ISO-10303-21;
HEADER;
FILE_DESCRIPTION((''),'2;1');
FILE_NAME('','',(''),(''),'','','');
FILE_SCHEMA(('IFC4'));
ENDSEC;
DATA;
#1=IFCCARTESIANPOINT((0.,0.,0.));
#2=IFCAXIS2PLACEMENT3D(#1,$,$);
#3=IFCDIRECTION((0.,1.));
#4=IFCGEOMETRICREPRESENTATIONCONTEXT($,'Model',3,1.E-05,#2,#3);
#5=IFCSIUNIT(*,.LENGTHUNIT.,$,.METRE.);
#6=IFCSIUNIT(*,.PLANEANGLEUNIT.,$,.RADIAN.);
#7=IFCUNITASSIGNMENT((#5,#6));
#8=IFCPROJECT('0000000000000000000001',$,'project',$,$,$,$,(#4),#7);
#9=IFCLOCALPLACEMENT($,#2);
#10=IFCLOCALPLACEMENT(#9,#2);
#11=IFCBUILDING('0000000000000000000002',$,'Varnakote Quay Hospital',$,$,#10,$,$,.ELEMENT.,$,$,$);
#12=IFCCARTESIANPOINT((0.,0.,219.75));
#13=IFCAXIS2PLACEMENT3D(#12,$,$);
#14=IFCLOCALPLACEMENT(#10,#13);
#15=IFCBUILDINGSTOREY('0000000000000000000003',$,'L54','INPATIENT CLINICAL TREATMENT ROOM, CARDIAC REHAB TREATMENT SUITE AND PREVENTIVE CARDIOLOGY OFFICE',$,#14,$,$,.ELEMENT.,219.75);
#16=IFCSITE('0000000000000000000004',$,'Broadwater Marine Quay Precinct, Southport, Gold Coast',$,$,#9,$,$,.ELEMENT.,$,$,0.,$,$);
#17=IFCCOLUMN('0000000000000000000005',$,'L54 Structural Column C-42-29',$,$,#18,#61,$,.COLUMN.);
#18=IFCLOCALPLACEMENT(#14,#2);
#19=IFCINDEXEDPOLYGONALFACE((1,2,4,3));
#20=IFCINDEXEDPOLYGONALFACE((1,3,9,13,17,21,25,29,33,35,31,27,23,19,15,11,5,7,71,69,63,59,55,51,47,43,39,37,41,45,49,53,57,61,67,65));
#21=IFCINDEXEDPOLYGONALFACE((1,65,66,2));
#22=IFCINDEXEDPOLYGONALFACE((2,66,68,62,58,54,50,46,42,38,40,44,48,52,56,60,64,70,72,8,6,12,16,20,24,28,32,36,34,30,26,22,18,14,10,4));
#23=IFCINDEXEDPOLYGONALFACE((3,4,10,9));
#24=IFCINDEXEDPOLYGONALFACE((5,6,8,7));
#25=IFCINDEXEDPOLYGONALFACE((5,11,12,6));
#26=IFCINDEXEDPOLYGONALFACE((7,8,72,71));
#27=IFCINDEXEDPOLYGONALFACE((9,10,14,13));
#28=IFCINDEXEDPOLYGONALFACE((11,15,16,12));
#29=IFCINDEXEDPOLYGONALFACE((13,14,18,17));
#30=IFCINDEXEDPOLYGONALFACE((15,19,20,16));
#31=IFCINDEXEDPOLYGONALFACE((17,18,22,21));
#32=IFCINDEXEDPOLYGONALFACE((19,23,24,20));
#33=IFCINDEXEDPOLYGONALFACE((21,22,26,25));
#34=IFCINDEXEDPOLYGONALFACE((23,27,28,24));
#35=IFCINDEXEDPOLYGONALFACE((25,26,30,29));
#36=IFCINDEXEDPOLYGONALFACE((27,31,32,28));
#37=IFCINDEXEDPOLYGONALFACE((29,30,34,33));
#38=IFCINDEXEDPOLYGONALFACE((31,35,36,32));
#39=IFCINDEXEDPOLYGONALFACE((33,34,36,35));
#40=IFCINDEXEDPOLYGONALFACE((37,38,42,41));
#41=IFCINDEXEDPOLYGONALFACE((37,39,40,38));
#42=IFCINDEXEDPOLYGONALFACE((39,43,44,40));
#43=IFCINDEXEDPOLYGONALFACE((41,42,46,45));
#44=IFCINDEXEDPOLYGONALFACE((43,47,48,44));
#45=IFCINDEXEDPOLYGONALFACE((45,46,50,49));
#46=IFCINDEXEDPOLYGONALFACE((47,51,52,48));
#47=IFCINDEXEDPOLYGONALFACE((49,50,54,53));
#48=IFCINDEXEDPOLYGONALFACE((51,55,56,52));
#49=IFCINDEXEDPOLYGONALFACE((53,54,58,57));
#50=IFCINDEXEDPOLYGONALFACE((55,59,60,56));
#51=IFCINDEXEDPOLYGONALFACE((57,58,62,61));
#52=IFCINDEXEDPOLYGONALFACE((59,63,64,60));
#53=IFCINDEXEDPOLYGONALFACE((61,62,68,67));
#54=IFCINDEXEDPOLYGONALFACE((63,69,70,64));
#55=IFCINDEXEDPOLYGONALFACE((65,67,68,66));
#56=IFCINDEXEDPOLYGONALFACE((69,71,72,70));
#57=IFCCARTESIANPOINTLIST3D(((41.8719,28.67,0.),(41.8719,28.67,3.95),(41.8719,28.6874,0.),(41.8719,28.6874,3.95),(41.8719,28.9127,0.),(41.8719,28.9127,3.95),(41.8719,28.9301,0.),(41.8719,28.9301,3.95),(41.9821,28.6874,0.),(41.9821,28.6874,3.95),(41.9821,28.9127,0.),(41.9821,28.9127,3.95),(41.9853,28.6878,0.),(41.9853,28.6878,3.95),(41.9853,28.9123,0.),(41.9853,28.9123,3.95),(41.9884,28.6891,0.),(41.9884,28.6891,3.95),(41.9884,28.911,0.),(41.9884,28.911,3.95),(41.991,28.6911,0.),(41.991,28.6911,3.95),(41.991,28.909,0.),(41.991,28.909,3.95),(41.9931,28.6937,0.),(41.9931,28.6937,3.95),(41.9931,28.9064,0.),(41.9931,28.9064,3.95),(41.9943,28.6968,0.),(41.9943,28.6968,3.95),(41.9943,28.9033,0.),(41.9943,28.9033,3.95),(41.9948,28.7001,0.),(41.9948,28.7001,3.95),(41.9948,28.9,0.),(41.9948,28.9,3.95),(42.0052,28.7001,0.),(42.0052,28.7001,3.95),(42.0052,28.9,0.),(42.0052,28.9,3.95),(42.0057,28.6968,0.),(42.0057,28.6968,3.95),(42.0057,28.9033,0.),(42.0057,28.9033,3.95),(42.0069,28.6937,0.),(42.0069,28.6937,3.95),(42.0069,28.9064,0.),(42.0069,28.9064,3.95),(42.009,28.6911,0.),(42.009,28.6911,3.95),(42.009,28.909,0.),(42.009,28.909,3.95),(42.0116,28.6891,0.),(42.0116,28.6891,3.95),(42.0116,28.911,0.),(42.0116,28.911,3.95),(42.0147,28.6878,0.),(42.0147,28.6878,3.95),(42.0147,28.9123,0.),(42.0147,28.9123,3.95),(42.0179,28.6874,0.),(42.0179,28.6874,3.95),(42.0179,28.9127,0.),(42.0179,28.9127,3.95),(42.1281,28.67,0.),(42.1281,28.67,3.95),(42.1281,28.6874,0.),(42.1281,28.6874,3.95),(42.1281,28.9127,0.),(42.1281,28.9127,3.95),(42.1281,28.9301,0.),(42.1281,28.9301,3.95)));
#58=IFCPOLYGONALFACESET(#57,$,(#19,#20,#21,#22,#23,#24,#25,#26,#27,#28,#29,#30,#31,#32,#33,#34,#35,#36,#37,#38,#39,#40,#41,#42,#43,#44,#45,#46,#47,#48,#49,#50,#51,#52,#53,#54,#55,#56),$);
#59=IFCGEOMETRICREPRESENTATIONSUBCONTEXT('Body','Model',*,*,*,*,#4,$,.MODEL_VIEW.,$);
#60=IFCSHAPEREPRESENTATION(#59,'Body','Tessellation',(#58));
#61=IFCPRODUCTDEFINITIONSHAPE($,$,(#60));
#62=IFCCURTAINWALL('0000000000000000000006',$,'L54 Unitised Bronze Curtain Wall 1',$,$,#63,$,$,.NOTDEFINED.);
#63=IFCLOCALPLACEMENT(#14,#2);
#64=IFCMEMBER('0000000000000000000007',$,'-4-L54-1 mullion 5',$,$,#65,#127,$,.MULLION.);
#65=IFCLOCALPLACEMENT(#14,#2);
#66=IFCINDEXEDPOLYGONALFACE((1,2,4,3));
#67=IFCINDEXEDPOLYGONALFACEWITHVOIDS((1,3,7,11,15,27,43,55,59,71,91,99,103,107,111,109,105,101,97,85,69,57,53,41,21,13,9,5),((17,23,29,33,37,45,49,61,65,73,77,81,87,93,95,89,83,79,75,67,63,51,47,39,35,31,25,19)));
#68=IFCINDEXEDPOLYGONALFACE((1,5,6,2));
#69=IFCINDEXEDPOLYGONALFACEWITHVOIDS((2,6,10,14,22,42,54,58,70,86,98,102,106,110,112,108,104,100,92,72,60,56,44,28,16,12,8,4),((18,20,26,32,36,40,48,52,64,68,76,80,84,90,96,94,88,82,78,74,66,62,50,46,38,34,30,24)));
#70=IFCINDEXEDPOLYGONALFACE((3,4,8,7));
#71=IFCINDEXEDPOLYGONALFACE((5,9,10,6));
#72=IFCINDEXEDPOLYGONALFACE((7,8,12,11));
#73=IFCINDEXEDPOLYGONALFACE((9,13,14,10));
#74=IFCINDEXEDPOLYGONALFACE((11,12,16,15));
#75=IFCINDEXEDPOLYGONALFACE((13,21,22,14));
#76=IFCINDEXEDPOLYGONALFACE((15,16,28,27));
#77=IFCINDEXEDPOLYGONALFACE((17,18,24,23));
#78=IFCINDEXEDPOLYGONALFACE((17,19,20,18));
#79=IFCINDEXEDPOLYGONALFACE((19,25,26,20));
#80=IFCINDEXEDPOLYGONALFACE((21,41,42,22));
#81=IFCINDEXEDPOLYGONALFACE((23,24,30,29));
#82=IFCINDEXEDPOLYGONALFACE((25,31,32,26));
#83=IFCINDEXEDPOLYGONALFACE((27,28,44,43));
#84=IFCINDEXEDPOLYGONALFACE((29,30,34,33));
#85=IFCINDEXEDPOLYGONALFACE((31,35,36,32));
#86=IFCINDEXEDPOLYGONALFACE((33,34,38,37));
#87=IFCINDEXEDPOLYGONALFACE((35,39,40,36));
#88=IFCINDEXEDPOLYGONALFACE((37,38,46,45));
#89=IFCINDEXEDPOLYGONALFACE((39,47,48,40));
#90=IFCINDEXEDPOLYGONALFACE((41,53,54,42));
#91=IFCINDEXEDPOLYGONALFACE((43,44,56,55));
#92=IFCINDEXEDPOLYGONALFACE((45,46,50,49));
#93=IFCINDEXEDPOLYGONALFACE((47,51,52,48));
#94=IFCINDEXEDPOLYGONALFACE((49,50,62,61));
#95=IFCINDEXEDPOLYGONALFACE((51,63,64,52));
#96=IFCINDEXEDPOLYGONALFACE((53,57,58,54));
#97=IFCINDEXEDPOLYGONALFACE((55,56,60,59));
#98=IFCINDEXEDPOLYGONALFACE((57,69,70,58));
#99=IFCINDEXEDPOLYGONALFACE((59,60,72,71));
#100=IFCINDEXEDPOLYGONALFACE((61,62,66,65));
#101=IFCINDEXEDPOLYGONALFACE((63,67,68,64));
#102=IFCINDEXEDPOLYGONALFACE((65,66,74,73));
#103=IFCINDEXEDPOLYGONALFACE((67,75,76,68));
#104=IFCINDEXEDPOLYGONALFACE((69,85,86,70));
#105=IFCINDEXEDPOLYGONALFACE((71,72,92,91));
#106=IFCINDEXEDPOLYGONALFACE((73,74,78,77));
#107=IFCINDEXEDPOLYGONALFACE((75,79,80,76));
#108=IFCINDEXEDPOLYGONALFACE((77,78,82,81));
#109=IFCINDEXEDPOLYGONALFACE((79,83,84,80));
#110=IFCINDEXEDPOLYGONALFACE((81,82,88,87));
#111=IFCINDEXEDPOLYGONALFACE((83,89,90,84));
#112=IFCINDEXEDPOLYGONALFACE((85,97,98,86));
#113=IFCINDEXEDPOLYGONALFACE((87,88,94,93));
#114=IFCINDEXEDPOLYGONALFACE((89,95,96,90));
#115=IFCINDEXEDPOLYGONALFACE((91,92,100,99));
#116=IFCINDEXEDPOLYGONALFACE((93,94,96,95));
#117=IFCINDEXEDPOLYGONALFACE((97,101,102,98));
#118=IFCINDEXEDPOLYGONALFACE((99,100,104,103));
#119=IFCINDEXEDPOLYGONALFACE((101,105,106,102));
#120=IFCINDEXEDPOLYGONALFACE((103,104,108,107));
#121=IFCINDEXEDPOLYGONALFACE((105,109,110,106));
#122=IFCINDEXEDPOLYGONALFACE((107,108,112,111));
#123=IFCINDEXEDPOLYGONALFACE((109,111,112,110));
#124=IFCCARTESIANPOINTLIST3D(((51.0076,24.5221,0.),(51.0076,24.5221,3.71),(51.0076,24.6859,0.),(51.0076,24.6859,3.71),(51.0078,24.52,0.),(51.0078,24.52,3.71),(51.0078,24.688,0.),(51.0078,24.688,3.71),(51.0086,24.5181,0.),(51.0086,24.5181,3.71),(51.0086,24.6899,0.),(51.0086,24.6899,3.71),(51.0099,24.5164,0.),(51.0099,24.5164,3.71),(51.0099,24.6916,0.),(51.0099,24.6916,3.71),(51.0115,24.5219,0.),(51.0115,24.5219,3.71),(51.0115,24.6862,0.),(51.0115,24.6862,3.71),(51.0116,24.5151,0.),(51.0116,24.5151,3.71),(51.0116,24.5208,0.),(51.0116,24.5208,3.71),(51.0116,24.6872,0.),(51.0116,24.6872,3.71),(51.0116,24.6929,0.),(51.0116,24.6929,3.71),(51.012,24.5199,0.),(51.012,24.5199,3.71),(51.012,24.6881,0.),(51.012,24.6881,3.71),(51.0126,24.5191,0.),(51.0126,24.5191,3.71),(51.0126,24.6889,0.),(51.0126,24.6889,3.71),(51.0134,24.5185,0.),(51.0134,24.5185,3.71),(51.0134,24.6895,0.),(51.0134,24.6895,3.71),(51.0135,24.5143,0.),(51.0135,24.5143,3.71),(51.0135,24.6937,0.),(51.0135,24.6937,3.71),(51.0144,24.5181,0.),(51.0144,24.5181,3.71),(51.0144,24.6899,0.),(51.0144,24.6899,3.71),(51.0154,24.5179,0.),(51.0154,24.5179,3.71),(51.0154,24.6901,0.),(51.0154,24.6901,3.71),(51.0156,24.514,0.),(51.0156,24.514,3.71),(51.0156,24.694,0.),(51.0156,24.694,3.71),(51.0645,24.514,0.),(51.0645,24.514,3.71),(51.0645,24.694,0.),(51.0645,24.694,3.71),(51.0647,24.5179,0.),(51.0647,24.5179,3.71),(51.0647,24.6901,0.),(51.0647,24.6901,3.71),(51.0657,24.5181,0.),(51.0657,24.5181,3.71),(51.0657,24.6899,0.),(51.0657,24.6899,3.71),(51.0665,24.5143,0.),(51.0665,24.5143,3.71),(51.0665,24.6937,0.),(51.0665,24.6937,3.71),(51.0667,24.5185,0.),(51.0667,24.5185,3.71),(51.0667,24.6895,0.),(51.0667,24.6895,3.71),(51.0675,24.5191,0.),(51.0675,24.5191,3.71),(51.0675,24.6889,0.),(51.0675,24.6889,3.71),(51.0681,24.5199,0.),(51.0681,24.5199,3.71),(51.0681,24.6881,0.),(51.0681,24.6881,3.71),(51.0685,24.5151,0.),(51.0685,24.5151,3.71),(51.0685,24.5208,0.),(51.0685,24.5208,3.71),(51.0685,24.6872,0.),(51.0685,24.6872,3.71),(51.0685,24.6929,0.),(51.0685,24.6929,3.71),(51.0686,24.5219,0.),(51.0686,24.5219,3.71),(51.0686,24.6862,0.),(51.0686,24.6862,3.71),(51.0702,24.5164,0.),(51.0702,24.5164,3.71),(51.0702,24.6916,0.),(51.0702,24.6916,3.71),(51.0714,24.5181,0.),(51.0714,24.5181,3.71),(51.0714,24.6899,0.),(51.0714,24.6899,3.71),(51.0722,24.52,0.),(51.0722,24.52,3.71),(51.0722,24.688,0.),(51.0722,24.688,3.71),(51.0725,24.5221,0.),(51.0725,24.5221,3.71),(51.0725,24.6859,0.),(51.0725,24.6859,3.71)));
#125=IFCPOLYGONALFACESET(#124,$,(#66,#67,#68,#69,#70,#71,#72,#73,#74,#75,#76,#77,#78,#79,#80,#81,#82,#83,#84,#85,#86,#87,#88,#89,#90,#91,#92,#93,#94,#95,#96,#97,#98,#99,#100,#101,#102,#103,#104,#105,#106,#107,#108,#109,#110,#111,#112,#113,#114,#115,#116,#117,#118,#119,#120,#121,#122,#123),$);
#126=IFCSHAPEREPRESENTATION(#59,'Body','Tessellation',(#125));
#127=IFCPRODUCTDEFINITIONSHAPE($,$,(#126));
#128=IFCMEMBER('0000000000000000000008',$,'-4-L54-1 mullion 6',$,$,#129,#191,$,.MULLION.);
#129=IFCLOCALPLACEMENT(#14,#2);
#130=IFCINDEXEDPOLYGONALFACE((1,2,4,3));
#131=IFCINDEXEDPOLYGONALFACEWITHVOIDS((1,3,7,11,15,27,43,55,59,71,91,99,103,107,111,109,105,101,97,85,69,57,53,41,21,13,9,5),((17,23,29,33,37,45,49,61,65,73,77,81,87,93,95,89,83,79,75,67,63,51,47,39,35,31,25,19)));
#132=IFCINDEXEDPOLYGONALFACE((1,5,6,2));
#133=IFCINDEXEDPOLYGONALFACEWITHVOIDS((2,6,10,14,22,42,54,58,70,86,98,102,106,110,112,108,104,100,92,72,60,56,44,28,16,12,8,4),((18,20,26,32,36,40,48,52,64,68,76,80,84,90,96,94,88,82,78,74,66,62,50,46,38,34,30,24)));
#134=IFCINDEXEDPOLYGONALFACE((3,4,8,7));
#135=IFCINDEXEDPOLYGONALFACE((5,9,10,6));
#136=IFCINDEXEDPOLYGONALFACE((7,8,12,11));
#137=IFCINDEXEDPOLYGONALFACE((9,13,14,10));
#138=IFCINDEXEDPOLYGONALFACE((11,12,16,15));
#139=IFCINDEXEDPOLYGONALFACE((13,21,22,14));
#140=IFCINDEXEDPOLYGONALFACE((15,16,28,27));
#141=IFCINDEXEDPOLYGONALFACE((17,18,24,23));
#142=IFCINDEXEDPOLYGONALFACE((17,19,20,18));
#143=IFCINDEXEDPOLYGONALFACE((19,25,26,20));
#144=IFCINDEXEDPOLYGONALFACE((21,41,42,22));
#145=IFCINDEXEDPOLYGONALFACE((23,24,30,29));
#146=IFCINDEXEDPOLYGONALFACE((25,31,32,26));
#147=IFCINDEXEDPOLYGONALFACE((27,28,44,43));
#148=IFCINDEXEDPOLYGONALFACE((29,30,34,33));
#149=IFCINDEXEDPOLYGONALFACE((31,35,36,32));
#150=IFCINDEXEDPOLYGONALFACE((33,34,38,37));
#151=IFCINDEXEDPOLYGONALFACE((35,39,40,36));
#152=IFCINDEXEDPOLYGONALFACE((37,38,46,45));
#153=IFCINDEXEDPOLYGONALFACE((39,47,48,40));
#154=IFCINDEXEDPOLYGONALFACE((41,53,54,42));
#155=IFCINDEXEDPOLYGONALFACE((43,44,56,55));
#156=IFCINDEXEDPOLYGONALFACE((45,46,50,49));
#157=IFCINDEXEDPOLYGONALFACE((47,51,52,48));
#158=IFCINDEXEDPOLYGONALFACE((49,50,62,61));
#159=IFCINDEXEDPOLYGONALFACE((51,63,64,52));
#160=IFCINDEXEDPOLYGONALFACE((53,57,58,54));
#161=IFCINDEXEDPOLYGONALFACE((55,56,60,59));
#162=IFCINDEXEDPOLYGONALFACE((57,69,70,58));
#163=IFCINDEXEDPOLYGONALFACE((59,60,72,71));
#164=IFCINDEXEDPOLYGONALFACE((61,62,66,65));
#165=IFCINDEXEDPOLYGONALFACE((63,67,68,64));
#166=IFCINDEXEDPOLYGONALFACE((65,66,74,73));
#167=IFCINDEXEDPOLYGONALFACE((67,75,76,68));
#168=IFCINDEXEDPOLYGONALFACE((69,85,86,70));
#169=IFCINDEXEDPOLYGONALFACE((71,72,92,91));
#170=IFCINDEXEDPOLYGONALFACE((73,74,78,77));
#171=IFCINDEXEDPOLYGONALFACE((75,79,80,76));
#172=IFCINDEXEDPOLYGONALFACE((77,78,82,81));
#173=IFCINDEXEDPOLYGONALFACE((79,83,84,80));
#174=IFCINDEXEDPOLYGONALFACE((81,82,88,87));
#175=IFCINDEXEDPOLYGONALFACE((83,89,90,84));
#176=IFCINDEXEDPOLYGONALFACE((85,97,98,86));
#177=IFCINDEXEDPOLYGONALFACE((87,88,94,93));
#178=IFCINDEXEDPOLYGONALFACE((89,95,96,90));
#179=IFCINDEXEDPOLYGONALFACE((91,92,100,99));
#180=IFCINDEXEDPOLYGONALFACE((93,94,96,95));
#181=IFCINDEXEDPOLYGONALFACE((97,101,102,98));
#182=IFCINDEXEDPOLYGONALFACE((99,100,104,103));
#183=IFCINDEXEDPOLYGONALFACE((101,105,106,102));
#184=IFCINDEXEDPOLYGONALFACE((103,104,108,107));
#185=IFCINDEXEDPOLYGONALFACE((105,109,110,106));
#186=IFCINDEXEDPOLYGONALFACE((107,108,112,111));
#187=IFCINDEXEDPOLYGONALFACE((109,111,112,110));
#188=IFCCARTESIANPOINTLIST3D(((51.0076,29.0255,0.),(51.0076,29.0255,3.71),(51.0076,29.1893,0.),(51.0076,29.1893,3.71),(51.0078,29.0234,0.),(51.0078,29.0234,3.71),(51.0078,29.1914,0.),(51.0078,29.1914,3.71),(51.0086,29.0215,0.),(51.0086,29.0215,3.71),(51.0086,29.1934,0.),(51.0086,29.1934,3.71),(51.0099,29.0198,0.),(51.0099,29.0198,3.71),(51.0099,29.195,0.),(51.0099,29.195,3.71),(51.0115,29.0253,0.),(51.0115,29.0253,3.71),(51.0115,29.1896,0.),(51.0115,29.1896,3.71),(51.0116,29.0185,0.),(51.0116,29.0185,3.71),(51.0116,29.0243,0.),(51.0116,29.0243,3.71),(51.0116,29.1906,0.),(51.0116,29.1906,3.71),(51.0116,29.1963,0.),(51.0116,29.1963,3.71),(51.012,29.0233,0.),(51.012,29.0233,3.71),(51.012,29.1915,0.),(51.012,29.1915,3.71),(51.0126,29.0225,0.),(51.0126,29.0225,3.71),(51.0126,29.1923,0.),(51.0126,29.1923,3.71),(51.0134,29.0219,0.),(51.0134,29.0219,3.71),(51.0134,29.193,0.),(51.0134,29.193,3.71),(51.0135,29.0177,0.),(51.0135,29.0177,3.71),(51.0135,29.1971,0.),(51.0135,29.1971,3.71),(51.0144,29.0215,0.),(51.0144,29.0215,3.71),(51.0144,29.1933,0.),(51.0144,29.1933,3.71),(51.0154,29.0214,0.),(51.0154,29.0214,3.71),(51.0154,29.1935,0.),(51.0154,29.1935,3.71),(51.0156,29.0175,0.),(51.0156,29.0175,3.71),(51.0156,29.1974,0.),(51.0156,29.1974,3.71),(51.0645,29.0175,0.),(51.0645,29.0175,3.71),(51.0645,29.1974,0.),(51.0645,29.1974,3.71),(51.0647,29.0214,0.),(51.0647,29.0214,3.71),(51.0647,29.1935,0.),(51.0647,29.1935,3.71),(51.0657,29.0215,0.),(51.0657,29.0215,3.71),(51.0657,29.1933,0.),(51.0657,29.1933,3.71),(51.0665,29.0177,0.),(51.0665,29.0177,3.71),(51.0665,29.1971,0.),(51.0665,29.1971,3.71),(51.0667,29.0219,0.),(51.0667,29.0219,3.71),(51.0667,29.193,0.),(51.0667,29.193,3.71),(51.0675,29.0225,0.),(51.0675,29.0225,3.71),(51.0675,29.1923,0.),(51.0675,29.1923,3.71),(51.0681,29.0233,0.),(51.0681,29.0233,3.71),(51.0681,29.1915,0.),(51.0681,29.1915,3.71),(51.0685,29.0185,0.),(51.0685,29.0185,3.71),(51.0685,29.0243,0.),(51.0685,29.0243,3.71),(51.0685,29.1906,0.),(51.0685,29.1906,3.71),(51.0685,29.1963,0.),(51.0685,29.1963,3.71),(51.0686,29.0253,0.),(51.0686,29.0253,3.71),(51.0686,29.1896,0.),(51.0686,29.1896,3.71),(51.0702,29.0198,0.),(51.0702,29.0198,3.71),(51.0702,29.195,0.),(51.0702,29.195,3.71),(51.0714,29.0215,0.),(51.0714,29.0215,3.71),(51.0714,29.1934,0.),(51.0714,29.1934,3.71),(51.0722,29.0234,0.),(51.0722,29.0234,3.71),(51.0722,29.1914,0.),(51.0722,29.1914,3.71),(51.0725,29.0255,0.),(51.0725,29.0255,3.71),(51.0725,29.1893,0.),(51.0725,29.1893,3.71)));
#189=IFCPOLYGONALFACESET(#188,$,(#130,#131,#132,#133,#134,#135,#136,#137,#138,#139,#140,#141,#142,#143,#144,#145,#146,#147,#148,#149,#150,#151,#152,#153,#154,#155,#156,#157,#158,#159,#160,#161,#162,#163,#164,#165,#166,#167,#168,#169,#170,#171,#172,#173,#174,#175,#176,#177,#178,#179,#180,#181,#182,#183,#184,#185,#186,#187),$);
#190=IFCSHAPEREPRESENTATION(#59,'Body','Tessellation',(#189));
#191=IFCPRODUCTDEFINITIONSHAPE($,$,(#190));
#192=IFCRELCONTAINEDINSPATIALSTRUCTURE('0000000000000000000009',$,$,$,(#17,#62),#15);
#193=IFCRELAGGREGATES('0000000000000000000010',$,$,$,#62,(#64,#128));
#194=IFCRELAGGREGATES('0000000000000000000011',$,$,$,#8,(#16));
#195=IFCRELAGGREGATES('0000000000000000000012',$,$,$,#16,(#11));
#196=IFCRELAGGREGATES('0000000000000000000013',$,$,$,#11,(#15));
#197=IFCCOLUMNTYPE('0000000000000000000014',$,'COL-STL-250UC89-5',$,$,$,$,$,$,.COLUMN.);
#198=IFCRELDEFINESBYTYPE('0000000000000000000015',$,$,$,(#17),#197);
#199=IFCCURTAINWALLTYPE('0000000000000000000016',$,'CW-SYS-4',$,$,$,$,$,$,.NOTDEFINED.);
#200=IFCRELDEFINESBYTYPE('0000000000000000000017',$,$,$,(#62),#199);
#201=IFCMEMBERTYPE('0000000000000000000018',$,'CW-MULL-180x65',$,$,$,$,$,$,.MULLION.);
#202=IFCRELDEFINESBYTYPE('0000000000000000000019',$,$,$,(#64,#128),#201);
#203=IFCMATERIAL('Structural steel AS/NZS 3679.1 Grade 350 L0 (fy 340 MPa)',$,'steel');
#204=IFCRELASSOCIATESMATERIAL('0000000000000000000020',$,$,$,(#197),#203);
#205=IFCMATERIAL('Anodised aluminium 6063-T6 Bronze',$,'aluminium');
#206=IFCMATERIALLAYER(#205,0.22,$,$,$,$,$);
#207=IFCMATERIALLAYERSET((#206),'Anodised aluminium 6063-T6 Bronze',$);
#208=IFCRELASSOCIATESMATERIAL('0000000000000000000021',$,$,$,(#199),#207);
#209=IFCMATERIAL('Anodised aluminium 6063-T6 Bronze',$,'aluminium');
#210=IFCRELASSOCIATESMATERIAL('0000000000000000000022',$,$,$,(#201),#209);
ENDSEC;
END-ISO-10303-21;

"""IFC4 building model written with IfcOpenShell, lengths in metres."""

from ifc_helpers import new_model, si_unit, direction, frame, origin, origin_2d, place, context, subcontext, project, spatial, hollow_rectangle, i_section, extrude, material, layer, layer_set, material_profile, profile_set, type_object, element, aggregate, save


model = new_model("IFC4")

# Units and contexts
model_context = context("Model", 3, precision=1e-05, world=origin(), true_north=direction((0.0, 1.0)))
body_context = subcontext(model_context, "Body", "Model", "MODEL_VIEW")
ifc_project = project(units=[si_unit("LENGTHUNIT", "METRE"), si_unit("PLANEANGLEUNIT", "RADIAN")], contexts=[model_context])

# Site, building, storey
site_placement = place(None, origin())
site = spatial("IfcSite", under=ifc_project, at=site_placement, Name="Broadwater Marine Quay Precinct, Southport, Gold Coast", CompositionType="ELEMENT", RefElevation=0.0)
building_placement = place(site_placement, origin())
building = spatial("IfcBuilding", under=site, at=building_placement, Name="Varnakote Quay Hospital", CompositionType="ELEMENT")
storey_placement = place(building_placement, frame((0.0, 0.0, 219.75)))
storey = spatial("IfcBuildingStorey", under=building, at=storey_placement, Name="L54", Description="INPATIENT CLINICAL TREATMENT ROOM, CARDIAC REHAB TREATMENT SUITE AND PREVENTIVE CARDIOLOGY OFFICE", CompositionType="ELEMENT", Elevation=219.75)

# Column
ifc_material_1 = material(Name="Structural steel AS/NZS 3679.1 Grade 350 L0 (fy 340 MPa)", Category="steel")
ifc_material_profile_1 = material_profile(ifc_material_1, i_section(OverallWidth=0.2561, OverallDepth=0.26, WebThickness=0.0105, FlangeThickness=0.0173, FilletRadius=0.0127, at=origin_2d()), Name="250UC89.5")
ifc_profile_set_1 = profile_set([ifc_material_profile_1], Name="Structural steel AS/NZS 3679.1 Grade 350 L0 (fy 340 MPa)")
column_type = type_object("IfcColumnType", Name="COL-STL-250UC89-5", PredefinedType="COLUMN", material=ifc_profile_set_1)
column_placement = place(storey_placement, frame((42.0, 28.8, 0.0), z_axis=(0.0, 0.0, 1.0), x_axis=(1.0, 0.0, 0.0)))
element("IfcColumn", 1, at=column_placement, inside=storey, type_object=column_type, Name="L54 Structural Column C-42-29", PredefinedType="COLUMN", context=body_context, shape_type="SweptSolid", body=[
    extrude(i_section(OverallWidth=0.2561, OverallDepth=0.26, WebThickness=0.0105, FlangeThickness=0.0173, FilletRadius=0.0127, at=origin_2d()), origin(), (0.0, 0.0, 1.0), 3.95),
])

# Curtain wall, members
ifc_material_2 = material(Name="Anodised aluminium 6063-T6 Bronze", Category="aluminium")
ifc_layer_1 = layer(ifc_material_2, 0.22)
ifc_layer_set_1 = layer_set([ifc_layer_1], Name="Anodised aluminium 6063-T6 Bronze")
curtain_wall_type = type_object("IfcCurtainWallType", Name="CW-SYS-4", PredefinedType="NOTDEFINED", material=ifc_layer_set_1)
curtain_wall_placement = place(storey_placement, origin())
curtain_wall = element("IfcCurtainWall", 2, at=curtain_wall_placement, inside=storey, type_object=curtain_wall_type, Name="L54 Unitised Bronze Curtain Wall 1", PredefinedType="NOTDEFINED")
ifc_material_3 = material(Name="Anodised aluminium 6063-T6 Bronze", Category="aluminium")
ifc_material_profile_2 = material_profile(ifc_material_3, hollow_rectangle(XDim=0.0649, YDim=0.1799, WallThickness=0.0039, InnerFilletRadius=0.0039, OuterFilletRadius=0.0081, at=origin_2d()), Name="CW-MULL-180x65")
ifc_profile_set_2 = profile_set([ifc_material_profile_2], Name="Anodised aluminium 6063-T6 Bronze")
member_type_1 = type_object("IfcMemberType", Name="CW-MULL-180x65", PredefinedType="MULLION", material=ifc_profile_set_2)
member_1_placement = place(storey_placement, frame((51.04, 24.604, 0.0), z_axis=(0.0, 0.0, 1.0), x_axis=(-1.0, 0.0, 0.0)))
member_1 = element("IfcMember", 3, at=member_1_placement, type_object=member_type_1, Name="-4-L54-1 mullion 5", PredefinedType="MULLION", context=body_context, shape_type="SweptSolid", body=[
    extrude(hollow_rectangle(XDim=0.0649, YDim=0.1799, WallThickness=0.0039, InnerFilletRadius=0.0039, OuterFilletRadius=0.0081, at=origin_2d()), origin(), (0.0, 0.0, 1.0), 3.71),
])
member_2_placement = place(storey_placement, frame((51.04, 29.1074, 0.0), z_axis=(0.0, 0.0, 1.0), x_axis=(-1.0, 0.0, 0.0)))
member_2 = element("IfcMember", 4, at=member_2_placement, type_object=member_type_1, Name="-4-L54-1 mullion 6", PredefinedType="MULLION", context=body_context, shape_type="SweptSolid", body=[
    extrude(hollow_rectangle(XDim=0.0649, YDim=0.1799, WallThickness=0.0039, InnerFilletRadius=0.0039, OuterFilletRadius=0.0081, at=origin_2d()), origin(), (0.0, 0.0, 1.0), 3.71),
])
aggregate(curtain_wall, [member_1, member_2])

save(model, "model.ifc")
